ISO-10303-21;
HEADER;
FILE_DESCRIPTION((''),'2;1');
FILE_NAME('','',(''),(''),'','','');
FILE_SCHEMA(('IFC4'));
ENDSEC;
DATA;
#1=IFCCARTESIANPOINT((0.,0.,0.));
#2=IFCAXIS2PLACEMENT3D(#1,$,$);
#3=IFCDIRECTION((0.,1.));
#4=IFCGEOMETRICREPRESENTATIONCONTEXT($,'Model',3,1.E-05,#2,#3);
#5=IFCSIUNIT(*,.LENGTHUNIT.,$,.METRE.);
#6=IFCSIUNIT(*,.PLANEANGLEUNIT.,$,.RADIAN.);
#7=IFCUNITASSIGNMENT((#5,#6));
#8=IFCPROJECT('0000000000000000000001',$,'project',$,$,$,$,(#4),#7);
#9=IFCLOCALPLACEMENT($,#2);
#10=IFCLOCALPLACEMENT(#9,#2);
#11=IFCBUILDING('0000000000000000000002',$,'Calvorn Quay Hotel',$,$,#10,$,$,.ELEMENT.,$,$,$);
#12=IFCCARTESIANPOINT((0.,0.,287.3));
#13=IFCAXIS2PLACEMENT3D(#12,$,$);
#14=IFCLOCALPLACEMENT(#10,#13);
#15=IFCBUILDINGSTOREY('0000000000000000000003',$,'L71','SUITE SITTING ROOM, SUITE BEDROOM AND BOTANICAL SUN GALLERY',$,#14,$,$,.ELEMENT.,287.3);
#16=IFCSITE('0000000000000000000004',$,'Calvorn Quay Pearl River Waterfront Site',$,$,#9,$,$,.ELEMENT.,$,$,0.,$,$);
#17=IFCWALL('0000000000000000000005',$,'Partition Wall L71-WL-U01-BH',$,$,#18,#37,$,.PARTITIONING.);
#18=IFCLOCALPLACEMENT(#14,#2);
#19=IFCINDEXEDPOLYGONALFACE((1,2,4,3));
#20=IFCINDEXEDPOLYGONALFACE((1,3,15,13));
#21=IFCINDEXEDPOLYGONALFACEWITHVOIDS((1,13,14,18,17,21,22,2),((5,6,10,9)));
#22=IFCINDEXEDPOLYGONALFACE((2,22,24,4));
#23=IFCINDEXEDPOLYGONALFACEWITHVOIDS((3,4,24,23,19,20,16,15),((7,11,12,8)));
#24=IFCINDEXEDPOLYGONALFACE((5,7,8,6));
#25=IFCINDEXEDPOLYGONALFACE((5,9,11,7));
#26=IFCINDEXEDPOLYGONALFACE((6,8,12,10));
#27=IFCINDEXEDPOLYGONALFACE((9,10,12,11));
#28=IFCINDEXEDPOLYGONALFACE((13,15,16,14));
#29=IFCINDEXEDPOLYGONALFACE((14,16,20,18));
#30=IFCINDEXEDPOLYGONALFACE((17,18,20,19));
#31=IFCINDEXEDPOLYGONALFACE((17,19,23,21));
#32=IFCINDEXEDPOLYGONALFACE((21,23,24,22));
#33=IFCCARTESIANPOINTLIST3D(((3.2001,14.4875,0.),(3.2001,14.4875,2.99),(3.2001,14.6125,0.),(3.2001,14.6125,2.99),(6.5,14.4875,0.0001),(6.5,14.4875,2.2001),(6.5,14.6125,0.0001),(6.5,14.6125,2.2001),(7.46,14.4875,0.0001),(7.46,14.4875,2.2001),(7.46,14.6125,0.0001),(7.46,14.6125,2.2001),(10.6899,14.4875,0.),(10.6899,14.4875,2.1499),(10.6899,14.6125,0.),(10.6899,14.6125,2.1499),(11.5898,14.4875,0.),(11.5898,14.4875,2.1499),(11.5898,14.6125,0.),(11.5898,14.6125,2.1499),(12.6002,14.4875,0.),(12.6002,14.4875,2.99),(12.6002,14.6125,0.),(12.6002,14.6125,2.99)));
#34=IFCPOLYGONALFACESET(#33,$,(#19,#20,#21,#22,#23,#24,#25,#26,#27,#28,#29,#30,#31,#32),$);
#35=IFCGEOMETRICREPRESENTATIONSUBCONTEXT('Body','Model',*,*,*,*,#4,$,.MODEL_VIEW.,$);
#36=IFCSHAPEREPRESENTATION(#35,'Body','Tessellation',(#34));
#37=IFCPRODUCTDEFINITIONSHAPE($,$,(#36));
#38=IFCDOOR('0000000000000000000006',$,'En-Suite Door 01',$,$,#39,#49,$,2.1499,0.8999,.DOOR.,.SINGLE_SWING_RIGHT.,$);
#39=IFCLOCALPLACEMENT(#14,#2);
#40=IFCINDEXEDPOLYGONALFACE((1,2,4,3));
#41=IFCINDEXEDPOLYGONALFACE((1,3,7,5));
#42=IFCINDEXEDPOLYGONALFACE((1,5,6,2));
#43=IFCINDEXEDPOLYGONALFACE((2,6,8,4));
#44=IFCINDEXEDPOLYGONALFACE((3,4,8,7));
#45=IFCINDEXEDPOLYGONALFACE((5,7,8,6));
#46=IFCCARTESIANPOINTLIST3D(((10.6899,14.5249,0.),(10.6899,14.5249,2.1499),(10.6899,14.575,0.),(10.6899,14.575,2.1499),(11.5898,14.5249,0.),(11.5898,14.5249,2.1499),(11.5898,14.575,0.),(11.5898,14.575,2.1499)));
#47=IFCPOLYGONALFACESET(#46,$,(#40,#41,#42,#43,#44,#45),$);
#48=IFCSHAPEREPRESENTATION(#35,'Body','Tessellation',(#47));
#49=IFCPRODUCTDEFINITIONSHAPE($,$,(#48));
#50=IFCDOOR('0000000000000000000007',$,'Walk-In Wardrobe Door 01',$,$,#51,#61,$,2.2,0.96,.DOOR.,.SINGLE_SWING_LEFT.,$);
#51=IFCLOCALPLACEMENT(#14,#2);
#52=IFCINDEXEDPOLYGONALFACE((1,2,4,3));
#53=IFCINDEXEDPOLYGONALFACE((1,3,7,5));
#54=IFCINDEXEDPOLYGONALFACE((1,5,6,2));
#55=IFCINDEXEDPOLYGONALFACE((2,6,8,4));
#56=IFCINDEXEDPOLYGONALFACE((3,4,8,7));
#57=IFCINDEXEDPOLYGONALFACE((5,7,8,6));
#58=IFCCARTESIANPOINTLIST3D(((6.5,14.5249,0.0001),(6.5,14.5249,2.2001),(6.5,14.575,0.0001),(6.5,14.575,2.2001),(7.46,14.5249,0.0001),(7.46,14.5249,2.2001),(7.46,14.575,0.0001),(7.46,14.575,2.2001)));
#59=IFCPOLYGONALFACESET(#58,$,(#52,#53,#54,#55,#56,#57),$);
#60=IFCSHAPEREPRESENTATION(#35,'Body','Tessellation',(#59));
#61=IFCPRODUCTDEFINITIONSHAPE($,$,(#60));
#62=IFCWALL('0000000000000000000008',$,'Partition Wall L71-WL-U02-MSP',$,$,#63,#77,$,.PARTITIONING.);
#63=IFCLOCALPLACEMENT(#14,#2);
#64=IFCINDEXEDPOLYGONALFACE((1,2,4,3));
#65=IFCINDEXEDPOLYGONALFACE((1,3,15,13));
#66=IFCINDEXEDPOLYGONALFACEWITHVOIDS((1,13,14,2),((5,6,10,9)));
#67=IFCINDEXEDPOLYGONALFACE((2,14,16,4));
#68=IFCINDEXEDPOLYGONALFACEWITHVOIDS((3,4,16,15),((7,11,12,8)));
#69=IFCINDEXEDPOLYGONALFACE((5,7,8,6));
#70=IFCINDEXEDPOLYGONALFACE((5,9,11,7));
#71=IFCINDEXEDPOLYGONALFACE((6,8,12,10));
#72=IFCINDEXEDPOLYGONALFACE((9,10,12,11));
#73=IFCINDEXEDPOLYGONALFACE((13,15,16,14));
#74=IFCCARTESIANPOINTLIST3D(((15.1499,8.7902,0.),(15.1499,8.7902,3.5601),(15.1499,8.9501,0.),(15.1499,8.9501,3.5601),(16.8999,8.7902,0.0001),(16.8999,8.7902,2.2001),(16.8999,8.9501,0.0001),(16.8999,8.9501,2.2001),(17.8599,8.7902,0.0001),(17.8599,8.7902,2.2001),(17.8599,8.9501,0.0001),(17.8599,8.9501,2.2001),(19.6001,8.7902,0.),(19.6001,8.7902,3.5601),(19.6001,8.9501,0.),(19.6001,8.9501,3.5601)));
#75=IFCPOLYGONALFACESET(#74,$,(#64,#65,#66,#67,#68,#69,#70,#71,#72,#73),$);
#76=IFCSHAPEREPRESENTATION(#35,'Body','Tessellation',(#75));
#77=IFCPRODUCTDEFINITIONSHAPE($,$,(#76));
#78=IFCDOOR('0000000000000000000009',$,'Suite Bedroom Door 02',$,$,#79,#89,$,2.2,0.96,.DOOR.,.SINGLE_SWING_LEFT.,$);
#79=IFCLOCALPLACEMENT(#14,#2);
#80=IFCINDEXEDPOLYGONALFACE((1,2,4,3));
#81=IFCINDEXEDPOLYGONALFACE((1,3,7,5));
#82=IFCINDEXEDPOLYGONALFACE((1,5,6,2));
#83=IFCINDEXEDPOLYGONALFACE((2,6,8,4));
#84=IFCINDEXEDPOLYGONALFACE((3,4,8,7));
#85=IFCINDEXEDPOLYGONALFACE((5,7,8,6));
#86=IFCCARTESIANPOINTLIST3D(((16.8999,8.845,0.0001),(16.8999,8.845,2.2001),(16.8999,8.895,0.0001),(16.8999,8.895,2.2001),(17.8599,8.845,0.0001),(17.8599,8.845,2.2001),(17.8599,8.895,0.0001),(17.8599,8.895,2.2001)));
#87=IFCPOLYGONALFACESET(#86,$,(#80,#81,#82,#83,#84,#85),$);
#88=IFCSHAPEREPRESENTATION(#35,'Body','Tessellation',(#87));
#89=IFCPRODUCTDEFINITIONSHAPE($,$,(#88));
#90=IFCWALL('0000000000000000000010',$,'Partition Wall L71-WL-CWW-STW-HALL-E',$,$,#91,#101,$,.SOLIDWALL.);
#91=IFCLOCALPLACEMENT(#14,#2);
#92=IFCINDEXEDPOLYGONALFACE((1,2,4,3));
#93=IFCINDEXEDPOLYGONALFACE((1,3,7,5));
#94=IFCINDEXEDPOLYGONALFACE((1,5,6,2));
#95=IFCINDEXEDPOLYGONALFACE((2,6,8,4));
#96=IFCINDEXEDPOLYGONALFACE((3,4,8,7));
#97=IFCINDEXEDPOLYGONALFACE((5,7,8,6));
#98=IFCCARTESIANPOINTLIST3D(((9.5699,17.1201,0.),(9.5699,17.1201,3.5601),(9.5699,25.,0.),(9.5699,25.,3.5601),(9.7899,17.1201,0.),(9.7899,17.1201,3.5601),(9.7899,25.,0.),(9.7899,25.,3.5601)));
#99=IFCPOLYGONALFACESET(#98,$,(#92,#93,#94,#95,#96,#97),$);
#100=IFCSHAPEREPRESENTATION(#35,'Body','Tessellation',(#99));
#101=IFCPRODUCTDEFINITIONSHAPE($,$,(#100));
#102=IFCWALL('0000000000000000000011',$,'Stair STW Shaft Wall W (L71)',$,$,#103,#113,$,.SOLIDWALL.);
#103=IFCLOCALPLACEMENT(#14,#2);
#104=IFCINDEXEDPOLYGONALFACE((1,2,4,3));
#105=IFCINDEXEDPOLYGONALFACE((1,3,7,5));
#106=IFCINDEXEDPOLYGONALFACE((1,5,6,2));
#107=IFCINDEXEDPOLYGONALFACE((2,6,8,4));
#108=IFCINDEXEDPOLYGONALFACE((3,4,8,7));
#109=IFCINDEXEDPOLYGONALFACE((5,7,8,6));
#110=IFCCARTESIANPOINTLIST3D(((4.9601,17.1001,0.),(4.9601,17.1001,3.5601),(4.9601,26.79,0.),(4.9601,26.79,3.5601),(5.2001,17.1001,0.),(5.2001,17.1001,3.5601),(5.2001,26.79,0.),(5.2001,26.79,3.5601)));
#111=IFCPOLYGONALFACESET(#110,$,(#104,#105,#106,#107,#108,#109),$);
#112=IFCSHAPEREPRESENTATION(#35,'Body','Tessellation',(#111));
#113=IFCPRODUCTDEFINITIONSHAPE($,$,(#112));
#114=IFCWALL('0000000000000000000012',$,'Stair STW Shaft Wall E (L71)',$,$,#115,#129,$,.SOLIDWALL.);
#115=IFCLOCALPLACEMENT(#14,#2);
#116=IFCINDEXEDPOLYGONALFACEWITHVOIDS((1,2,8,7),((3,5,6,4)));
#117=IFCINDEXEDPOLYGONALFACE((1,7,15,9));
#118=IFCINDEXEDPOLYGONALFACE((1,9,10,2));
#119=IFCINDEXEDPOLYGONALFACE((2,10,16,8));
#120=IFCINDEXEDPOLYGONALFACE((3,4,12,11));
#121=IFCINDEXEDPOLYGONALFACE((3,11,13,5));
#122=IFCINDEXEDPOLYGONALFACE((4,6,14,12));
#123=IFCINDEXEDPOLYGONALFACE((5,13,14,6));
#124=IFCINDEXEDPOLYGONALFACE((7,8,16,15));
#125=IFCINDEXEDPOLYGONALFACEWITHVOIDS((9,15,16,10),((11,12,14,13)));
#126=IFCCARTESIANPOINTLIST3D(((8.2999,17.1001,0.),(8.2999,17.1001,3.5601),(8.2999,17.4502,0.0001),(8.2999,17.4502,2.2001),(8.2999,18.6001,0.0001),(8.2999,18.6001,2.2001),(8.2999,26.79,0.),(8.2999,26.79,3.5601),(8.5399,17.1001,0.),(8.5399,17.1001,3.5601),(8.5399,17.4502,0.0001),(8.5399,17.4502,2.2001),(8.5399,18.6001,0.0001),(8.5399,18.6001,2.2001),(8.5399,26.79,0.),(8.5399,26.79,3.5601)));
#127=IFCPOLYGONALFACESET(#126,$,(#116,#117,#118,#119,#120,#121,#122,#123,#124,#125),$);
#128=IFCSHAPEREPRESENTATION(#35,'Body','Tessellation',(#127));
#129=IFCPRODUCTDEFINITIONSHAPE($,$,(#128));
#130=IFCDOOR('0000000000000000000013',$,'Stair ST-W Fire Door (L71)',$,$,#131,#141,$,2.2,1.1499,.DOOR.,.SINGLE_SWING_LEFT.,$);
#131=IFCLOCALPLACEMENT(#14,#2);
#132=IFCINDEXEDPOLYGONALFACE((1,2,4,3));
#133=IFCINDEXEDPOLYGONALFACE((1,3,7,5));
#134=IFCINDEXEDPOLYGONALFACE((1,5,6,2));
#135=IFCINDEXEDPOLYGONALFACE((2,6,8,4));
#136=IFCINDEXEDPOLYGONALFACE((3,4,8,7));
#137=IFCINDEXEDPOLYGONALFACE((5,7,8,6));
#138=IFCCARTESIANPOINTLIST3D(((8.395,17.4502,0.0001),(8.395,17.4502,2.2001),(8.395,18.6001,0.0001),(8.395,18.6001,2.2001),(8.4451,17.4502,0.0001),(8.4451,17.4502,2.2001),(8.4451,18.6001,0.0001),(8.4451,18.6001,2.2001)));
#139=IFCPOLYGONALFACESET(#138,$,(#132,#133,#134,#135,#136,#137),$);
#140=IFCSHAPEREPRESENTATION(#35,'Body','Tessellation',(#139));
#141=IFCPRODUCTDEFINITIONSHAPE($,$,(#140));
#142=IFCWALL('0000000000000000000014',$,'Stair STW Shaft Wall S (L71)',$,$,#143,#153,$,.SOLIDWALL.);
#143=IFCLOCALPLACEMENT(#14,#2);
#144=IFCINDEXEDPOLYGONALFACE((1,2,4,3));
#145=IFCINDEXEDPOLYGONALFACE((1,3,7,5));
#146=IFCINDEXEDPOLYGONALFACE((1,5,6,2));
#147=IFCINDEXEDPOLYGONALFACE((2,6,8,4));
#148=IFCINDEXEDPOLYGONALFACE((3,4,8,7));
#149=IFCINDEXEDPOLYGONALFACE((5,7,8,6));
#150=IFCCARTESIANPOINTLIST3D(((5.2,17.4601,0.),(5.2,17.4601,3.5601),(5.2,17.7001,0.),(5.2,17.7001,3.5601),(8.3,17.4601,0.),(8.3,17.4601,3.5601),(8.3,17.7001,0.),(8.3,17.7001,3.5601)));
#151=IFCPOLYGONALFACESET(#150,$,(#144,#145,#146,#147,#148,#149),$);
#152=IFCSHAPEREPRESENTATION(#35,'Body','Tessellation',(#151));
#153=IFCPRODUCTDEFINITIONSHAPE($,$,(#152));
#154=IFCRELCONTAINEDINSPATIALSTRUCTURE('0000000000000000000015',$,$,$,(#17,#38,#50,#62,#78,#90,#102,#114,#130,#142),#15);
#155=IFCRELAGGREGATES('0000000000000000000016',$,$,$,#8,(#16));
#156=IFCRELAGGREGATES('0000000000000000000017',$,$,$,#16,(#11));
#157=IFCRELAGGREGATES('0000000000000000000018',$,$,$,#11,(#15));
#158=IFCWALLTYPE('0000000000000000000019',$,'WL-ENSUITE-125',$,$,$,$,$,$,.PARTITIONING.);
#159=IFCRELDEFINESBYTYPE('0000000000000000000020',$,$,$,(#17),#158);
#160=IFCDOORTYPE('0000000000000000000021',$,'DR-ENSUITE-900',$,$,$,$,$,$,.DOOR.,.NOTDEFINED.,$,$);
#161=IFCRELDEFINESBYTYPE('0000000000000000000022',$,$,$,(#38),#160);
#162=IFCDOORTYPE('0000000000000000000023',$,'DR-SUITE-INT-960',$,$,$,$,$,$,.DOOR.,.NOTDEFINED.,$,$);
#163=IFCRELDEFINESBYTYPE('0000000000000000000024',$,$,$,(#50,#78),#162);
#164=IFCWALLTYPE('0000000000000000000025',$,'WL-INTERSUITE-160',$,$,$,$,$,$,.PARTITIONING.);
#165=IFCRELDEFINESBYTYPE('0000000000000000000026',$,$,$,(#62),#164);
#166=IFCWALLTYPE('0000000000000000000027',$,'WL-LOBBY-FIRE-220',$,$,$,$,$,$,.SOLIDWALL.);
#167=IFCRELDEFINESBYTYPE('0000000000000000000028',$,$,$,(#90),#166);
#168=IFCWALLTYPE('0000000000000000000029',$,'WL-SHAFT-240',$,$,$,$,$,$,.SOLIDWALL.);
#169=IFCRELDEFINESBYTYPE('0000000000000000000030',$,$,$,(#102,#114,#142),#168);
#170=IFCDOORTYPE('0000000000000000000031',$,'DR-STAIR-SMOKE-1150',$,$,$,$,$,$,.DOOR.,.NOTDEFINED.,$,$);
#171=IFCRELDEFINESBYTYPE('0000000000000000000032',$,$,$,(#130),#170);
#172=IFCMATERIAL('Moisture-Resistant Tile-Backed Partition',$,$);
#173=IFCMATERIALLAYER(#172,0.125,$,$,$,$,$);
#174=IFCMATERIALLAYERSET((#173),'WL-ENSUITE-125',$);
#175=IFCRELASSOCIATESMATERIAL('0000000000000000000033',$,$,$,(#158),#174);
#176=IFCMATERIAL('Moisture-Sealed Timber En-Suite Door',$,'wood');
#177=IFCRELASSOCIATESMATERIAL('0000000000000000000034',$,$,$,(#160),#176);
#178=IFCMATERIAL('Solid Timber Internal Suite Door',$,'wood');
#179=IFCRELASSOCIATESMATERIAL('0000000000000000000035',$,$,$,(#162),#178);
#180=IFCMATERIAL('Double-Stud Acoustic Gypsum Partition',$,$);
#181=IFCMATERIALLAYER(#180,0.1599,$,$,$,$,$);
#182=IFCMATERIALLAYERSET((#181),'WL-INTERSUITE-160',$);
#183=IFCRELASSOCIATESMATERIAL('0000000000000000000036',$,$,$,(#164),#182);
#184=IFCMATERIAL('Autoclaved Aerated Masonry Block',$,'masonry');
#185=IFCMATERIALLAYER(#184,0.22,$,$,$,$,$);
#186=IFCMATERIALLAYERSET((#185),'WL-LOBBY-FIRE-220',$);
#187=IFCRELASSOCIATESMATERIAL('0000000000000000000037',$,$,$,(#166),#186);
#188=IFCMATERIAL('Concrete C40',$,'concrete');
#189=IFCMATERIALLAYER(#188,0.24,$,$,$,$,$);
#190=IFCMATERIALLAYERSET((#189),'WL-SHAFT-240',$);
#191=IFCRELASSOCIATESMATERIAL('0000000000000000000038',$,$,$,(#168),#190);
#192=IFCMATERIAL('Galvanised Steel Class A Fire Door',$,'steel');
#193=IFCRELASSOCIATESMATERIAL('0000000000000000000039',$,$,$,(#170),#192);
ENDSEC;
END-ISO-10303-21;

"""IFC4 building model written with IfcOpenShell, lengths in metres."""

from ifc_helpers import new_model, si_unit, direction, frame, frame_2d, origin, place, context, subcontext, project, spatial, rectangle, extrude, material, layer, layer_set, type_object, element, fill, save


model = new_model("IFC4")

# Units and contexts
model_context = context("Model", 3, precision=1e-05, world=origin(), true_north=direction((0.0, 1.0)))
body_context = subcontext(model_context, "Body", "Model", "MODEL_VIEW")
ifc_project = project(units=[si_unit("LENGTHUNIT", "METRE"), si_unit("PLANEANGLEUNIT", "RADIAN")], contexts=[model_context])

# Site, building, storey
site_placement = place(None, origin())
site = spatial("IfcSite", under=ifc_project, at=site_placement, Name="Calvorn Quay Pearl River Waterfront Site", CompositionType="ELEMENT", RefElevation=0.0)
building_placement = place(site_placement, origin())
building = spatial("IfcBuilding", under=site, at=building_placement, Name="Calvorn Quay Hotel", CompositionType="ELEMENT")
storey_placement = place(building_placement, frame((0.0, 0.0, 287.3)))
storey = spatial("IfcBuildingStorey", under=building, at=storey_placement, Name="L71", Description="SUITE SITTING ROOM, SUITE BEDROOM AND BOTANICAL SUN GALLERY", CompositionType="ELEMENT", Elevation=287.3)

# Shared definitions
ifc_material_1 = material(Name="Moisture-Resistant Tile-Backed Partition")
ifc_layer_1 = layer(ifc_material_1, 0.125)
ifc_layer_set_1 = layer_set([ifc_layer_1], Name="WL-ENSUITE-125")
wall_type_1 = type_object("IfcWallType", Name="WL-ENSUITE-125", PredefinedType="PARTITIONING", material=ifc_layer_set_1)

# Wall, openings, doors
wall_1_placement = place(storey_placement, frame((3.2, 14.55, 0.0), z_axis=(0.0, 0.0, 1.0), x_axis=(1.0, 0.0, 0.0)))
wall_1 = element("IfcWall", 1, at=wall_1_placement, inside=storey, type_object=wall_type_1, Name="Partition Wall L71-WL-U01-BH", PredefinedType="PARTITIONING", context=body_context, shape_type="SweptSolid", body=[
    extrude(rectangle(XDim=9.4001, YDim=0.125, at=frame_2d((4.7002, 0.0))), origin(), (0.0, 0.0, 1.0), 2.99),
])
opening_1_placement = place(wall_1_placement, frame((3.3, 0.0, 0.0)))
opening_1 = element("IfcOpeningElement", 2, at=opening_1_placement, cuts=wall_1, PredefinedType="OPENING", context=body_context, shape_type="SweptSolid", body=[
    extrude(rectangle(XDim=0.96, YDim=2.2, at=frame_2d((0.48, 1.1001))), frame((0.0, 0.0725, 0.0), z_axis=(0.0, -1.0, 0.0), x_axis=(1.0, 0.0, 0.0)), (0.0, 0.0, 1.0), 0.145),
])
opening_2_placement = place(wall_1_placement, frame((7.49, 0.0, 0.0)))
opening_2 = element("IfcOpeningElement", 3, at=opening_2_placement, cuts=wall_1, PredefinedType="OPENING", context=body_context, shape_type="SweptSolid", body=[
    extrude(rectangle(XDim=0.8999, YDim=2.1499, at=frame_2d((0.45, 1.075))), frame((0.0, 0.0725, 0.0), z_axis=(0.0, -1.0, 0.0), x_axis=(1.0, 0.0, 0.0)), (0.0, 0.0, 1.0), 0.145),
])
ifc_material_2 = material(Name="Moisture-Sealed Timber En-Suite Door", Category="wood")
door_type_1 = type_object("IfcDoorType", Name="DR-ENSUITE-900", OperationType="NOTDEFINED", PredefinedType="DOOR", material=ifc_material_2)
door_1_placement = place(opening_2_placement, origin())
door_1 = element("IfcDoor", 4, at=door_1_placement, inside=storey, type_object=door_type_1, Name="En-Suite Door 01", OperationType="SINGLE_SWING_RIGHT", OverallHeight=2.1499, OverallWidth=0.8999, PredefinedType="DOOR", context=body_context, shape_type="SweptSolid", body=[
    extrude(rectangle(XDim=0.8999, YDim=2.1499, at=frame_2d((0.45, 1.075))), frame((0.0, 0.0249, 0.0), z_axis=(0.0, -1.0, 0.0), x_axis=(1.0, 0.0, 0.0)), (0.0, 0.0, 1.0), 0.05),
])
fill(opening_2, door_1)
ifc_material_3 = material(Name="Solid Timber Internal Suite Door", Category="wood")
door_type_2 = type_object("IfcDoorType", Name="DR-SUITE-INT-960", OperationType="NOTDEFINED", PredefinedType="DOOR", material=ifc_material_3)
door_2_placement = place(opening_1_placement, origin())
door_2 = element("IfcDoor", 5, at=door_2_placement, inside=storey, type_object=door_type_2, Name="Walk-In Wardrobe Door 01", OperationType="SINGLE_SWING_LEFT", OverallHeight=2.2, OverallWidth=0.96, PredefinedType="DOOR", context=body_context, shape_type="SweptSolid", body=[
    extrude(rectangle(XDim=0.96, YDim=2.2, at=frame_2d((0.48, 1.1001))), frame((0.0, 0.0249, 0.0), z_axis=(0.0, -1.0, 0.0), x_axis=(1.0, 0.0, 0.0)), (0.0, 0.0, 1.0), 0.05),
])
fill(opening_1, door_2)

# Wall, opening, door
ifc_material_4 = material(Name="Double-Stud Acoustic Gypsum Partition")
ifc_layer_2 = layer(ifc_material_4, 0.1599)
ifc_layer_set_2 = layer_set([ifc_layer_2], Name="WL-INTERSUITE-160")
wall_type_2 = type_object("IfcWallType", Name="WL-INTERSUITE-160", PredefinedType="PARTITIONING", material=ifc_layer_set_2)
wall_2_placement = place(storey_placement, frame((15.1499, 8.8701, 0.0), z_axis=(0.0, 0.0, 1.0), x_axis=(1.0, 0.0, 0.0)))
wall_2 = element("IfcWall", 6, at=wall_2_placement, inside=storey, type_object=wall_type_2, Name="Partition Wall L71-WL-U02-MSP", PredefinedType="PARTITIONING", context=body_context, shape_type="SweptSolid", body=[
    extrude(rectangle(XDim=4.4502, YDim=0.1599, at=frame_2d((2.2251, 0.0))), origin(), (0.0, 0.0, 1.0), 3.5601),
])
opening_3_placement = place(wall_2_placement, frame((1.75, 0.0, 0.0)))
opening_3 = element("IfcOpeningElement", 7, at=opening_3_placement, cuts=wall_2, PredefinedType="OPENING", context=body_context, shape_type="SweptSolid", body=[
    extrude(rectangle(XDim=0.96, YDim=2.2, at=frame_2d((0.48, 1.1001))), frame((0.0, 0.0898, 0.0), z_axis=(0.0, -1.0, 0.0), x_axis=(1.0, 0.0, 0.0)), (0.0, 0.0, 1.0), 0.1799),
])
door_3_placement = place(opening_3_placement, origin())
door_3 = element("IfcDoor", 8, at=door_3_placement, inside=storey, type_object=door_type_2, Name="Suite Bedroom Door 02", OperationType="SINGLE_SWING_LEFT", OverallHeight=2.2, OverallWidth=0.96, PredefinedType="DOOR", context=body_context, shape_type="SweptSolid", body=[
    extrude(rectangle(XDim=0.96, YDim=2.2, at=frame_2d((0.48, 1.1001))), frame((0.0, 0.0249, 0.0), z_axis=(0.0, -1.0, 0.0), x_axis=(1.0, 0.0, 0.0)), (0.0, 0.0, 1.0), 0.05),
])
fill(opening_3, door_3)

# Walls
ifc_material_5 = material(Name="Autoclaved Aerated Masonry Block", Category="masonry")
ifc_layer_3 = layer(ifc_material_5, 0.22)
ifc_layer_set_3 = layer_set([ifc_layer_3], Name="WL-LOBBY-FIRE-220")
wall_type_3 = type_object("IfcWallType", Name="WL-LOBBY-FIRE-220", PredefinedType="SOLIDWALL", material=ifc_layer_set_3)
wall_3_placement = place(storey_placement, frame((9.6799, 17.1201, 0.0), z_axis=(0.0, 0.0, 1.0), x_axis=(0.0, 1.0, 0.0)))
element("IfcWall", 9, at=wall_3_placement, inside=storey, type_object=wall_type_3, Name="Partition Wall L71-WL-CWW-STW-HALL-E", PredefinedType="SOLIDWALL", context=body_context, shape_type="SweptSolid", body=[
    extrude(rectangle(XDim=7.8799, YDim=0.22, at=frame_2d((3.9399, 0.0))), origin(), (0.0, 0.0, 1.0), 3.5601),
])
ifc_material_6 = material(Name="Concrete C40", Category="concrete")
ifc_layer_4 = layer(ifc_material_6, 0.24)
ifc_layer_set_4 = layer_set([ifc_layer_4], Name="WL-SHAFT-240")
wall_type_4 = type_object("IfcWallType", Name="WL-SHAFT-240", PredefinedType="SOLIDWALL", material=ifc_layer_set_4)
wall_4_placement = place(storey_placement, frame((5.0801, 17.1001, 0.0), z_axis=(0.0, 0.0, 1.0), x_axis=(0.0, 1.0, 0.0)))
element("IfcWall", 10, at=wall_4_placement, inside=storey, type_object=wall_type_4, Name="Stair STW Shaft Wall W (L71)", PredefinedType="SOLIDWALL", context=body_context, shape_type="SweptSolid", body=[
    extrude(rectangle(XDim=9.6899, YDim=0.24, at=frame_2d((4.845, 0.0))), origin(), (0.0, 0.0, 1.0), 3.5601),
])

# Wall, opening, door
wall_5_placement = place(storey_placement, frame((8.4199, 17.1001, 0.0), z_axis=(0.0, 0.0, 1.0), x_axis=(0.0, 1.0, 0.0)))
wall_5 = element("IfcWall", 11, at=wall_5_placement, inside=storey, type_object=wall_type_4, Name="Stair STW Shaft Wall E (L71)", PredefinedType="SOLIDWALL", context=body_context, shape_type="SweptSolid", body=[
    extrude(rectangle(XDim=9.6899, YDim=0.24, at=frame_2d((4.845, 0.0))), origin(), (0.0, 0.0, 1.0), 3.5601),
])
opening_4_placement = place(wall_5_placement, frame((0.3501, 0.0, 0.0)))
opening_4 = element("IfcOpeningElement", 12, at=opening_4_placement, cuts=wall_5, PredefinedType="OPENING", context=body_context, shape_type="SweptSolid", body=[
    extrude(rectangle(XDim=1.1499, YDim=2.2, at=frame_2d((0.575, 1.1001))), frame((0.0, 0.1299, 0.0), z_axis=(0.0, -1.0, 0.0), x_axis=(1.0, 0.0, 0.0)), (0.0, 0.0, 1.0), 0.26),
])
ifc_material_7 = material(Name="Galvanised Steel Class A Fire Door", Category="steel")
door_type_3 = type_object("IfcDoorType", Name="DR-STAIR-SMOKE-1150", OperationType="NOTDEFINED", PredefinedType="DOOR", material=ifc_material_7)
door_4_placement = place(opening_4_placement, origin())
door_4 = element("IfcDoor", 13, at=door_4_placement, inside=storey, type_object=door_type_3, Name="Stair ST-W Fire Door (L71)", OperationType="SINGLE_SWING_LEFT", OverallHeight=2.2, OverallWidth=1.1499, PredefinedType="DOOR", context=body_context, shape_type="SweptSolid", body=[
    extrude(rectangle(XDim=1.1499, YDim=2.2, at=frame_2d((0.575, 1.1001))), frame((0.0, 0.0249, 0.0), z_axis=(0.0, -1.0, 0.0), x_axis=(1.0, 0.0, 0.0)), (0.0, 0.0, 1.0), 0.05),
])
fill(opening_4, door_4)

# Wall
wall_6_placement = place(storey_placement, frame((5.2, 17.5801, 0.0), z_axis=(0.0, 0.0, 1.0), x_axis=(1.0, 0.0, 0.0)))
element("IfcWall", 14, at=wall_6_placement, inside=storey, type_object=wall_type_4, Name="Stair STW Shaft Wall S (L71)", PredefinedType="SOLIDWALL", context=body_context, shape_type="SweptSolid", body=[
    extrude(rectangle(XDim=3.1001, YDim=0.24, at=frame_2d((1.55, 0.0))), origin(), (0.0, 0.0, 1.0), 3.5601),
])

save(model, "model.ifc")
